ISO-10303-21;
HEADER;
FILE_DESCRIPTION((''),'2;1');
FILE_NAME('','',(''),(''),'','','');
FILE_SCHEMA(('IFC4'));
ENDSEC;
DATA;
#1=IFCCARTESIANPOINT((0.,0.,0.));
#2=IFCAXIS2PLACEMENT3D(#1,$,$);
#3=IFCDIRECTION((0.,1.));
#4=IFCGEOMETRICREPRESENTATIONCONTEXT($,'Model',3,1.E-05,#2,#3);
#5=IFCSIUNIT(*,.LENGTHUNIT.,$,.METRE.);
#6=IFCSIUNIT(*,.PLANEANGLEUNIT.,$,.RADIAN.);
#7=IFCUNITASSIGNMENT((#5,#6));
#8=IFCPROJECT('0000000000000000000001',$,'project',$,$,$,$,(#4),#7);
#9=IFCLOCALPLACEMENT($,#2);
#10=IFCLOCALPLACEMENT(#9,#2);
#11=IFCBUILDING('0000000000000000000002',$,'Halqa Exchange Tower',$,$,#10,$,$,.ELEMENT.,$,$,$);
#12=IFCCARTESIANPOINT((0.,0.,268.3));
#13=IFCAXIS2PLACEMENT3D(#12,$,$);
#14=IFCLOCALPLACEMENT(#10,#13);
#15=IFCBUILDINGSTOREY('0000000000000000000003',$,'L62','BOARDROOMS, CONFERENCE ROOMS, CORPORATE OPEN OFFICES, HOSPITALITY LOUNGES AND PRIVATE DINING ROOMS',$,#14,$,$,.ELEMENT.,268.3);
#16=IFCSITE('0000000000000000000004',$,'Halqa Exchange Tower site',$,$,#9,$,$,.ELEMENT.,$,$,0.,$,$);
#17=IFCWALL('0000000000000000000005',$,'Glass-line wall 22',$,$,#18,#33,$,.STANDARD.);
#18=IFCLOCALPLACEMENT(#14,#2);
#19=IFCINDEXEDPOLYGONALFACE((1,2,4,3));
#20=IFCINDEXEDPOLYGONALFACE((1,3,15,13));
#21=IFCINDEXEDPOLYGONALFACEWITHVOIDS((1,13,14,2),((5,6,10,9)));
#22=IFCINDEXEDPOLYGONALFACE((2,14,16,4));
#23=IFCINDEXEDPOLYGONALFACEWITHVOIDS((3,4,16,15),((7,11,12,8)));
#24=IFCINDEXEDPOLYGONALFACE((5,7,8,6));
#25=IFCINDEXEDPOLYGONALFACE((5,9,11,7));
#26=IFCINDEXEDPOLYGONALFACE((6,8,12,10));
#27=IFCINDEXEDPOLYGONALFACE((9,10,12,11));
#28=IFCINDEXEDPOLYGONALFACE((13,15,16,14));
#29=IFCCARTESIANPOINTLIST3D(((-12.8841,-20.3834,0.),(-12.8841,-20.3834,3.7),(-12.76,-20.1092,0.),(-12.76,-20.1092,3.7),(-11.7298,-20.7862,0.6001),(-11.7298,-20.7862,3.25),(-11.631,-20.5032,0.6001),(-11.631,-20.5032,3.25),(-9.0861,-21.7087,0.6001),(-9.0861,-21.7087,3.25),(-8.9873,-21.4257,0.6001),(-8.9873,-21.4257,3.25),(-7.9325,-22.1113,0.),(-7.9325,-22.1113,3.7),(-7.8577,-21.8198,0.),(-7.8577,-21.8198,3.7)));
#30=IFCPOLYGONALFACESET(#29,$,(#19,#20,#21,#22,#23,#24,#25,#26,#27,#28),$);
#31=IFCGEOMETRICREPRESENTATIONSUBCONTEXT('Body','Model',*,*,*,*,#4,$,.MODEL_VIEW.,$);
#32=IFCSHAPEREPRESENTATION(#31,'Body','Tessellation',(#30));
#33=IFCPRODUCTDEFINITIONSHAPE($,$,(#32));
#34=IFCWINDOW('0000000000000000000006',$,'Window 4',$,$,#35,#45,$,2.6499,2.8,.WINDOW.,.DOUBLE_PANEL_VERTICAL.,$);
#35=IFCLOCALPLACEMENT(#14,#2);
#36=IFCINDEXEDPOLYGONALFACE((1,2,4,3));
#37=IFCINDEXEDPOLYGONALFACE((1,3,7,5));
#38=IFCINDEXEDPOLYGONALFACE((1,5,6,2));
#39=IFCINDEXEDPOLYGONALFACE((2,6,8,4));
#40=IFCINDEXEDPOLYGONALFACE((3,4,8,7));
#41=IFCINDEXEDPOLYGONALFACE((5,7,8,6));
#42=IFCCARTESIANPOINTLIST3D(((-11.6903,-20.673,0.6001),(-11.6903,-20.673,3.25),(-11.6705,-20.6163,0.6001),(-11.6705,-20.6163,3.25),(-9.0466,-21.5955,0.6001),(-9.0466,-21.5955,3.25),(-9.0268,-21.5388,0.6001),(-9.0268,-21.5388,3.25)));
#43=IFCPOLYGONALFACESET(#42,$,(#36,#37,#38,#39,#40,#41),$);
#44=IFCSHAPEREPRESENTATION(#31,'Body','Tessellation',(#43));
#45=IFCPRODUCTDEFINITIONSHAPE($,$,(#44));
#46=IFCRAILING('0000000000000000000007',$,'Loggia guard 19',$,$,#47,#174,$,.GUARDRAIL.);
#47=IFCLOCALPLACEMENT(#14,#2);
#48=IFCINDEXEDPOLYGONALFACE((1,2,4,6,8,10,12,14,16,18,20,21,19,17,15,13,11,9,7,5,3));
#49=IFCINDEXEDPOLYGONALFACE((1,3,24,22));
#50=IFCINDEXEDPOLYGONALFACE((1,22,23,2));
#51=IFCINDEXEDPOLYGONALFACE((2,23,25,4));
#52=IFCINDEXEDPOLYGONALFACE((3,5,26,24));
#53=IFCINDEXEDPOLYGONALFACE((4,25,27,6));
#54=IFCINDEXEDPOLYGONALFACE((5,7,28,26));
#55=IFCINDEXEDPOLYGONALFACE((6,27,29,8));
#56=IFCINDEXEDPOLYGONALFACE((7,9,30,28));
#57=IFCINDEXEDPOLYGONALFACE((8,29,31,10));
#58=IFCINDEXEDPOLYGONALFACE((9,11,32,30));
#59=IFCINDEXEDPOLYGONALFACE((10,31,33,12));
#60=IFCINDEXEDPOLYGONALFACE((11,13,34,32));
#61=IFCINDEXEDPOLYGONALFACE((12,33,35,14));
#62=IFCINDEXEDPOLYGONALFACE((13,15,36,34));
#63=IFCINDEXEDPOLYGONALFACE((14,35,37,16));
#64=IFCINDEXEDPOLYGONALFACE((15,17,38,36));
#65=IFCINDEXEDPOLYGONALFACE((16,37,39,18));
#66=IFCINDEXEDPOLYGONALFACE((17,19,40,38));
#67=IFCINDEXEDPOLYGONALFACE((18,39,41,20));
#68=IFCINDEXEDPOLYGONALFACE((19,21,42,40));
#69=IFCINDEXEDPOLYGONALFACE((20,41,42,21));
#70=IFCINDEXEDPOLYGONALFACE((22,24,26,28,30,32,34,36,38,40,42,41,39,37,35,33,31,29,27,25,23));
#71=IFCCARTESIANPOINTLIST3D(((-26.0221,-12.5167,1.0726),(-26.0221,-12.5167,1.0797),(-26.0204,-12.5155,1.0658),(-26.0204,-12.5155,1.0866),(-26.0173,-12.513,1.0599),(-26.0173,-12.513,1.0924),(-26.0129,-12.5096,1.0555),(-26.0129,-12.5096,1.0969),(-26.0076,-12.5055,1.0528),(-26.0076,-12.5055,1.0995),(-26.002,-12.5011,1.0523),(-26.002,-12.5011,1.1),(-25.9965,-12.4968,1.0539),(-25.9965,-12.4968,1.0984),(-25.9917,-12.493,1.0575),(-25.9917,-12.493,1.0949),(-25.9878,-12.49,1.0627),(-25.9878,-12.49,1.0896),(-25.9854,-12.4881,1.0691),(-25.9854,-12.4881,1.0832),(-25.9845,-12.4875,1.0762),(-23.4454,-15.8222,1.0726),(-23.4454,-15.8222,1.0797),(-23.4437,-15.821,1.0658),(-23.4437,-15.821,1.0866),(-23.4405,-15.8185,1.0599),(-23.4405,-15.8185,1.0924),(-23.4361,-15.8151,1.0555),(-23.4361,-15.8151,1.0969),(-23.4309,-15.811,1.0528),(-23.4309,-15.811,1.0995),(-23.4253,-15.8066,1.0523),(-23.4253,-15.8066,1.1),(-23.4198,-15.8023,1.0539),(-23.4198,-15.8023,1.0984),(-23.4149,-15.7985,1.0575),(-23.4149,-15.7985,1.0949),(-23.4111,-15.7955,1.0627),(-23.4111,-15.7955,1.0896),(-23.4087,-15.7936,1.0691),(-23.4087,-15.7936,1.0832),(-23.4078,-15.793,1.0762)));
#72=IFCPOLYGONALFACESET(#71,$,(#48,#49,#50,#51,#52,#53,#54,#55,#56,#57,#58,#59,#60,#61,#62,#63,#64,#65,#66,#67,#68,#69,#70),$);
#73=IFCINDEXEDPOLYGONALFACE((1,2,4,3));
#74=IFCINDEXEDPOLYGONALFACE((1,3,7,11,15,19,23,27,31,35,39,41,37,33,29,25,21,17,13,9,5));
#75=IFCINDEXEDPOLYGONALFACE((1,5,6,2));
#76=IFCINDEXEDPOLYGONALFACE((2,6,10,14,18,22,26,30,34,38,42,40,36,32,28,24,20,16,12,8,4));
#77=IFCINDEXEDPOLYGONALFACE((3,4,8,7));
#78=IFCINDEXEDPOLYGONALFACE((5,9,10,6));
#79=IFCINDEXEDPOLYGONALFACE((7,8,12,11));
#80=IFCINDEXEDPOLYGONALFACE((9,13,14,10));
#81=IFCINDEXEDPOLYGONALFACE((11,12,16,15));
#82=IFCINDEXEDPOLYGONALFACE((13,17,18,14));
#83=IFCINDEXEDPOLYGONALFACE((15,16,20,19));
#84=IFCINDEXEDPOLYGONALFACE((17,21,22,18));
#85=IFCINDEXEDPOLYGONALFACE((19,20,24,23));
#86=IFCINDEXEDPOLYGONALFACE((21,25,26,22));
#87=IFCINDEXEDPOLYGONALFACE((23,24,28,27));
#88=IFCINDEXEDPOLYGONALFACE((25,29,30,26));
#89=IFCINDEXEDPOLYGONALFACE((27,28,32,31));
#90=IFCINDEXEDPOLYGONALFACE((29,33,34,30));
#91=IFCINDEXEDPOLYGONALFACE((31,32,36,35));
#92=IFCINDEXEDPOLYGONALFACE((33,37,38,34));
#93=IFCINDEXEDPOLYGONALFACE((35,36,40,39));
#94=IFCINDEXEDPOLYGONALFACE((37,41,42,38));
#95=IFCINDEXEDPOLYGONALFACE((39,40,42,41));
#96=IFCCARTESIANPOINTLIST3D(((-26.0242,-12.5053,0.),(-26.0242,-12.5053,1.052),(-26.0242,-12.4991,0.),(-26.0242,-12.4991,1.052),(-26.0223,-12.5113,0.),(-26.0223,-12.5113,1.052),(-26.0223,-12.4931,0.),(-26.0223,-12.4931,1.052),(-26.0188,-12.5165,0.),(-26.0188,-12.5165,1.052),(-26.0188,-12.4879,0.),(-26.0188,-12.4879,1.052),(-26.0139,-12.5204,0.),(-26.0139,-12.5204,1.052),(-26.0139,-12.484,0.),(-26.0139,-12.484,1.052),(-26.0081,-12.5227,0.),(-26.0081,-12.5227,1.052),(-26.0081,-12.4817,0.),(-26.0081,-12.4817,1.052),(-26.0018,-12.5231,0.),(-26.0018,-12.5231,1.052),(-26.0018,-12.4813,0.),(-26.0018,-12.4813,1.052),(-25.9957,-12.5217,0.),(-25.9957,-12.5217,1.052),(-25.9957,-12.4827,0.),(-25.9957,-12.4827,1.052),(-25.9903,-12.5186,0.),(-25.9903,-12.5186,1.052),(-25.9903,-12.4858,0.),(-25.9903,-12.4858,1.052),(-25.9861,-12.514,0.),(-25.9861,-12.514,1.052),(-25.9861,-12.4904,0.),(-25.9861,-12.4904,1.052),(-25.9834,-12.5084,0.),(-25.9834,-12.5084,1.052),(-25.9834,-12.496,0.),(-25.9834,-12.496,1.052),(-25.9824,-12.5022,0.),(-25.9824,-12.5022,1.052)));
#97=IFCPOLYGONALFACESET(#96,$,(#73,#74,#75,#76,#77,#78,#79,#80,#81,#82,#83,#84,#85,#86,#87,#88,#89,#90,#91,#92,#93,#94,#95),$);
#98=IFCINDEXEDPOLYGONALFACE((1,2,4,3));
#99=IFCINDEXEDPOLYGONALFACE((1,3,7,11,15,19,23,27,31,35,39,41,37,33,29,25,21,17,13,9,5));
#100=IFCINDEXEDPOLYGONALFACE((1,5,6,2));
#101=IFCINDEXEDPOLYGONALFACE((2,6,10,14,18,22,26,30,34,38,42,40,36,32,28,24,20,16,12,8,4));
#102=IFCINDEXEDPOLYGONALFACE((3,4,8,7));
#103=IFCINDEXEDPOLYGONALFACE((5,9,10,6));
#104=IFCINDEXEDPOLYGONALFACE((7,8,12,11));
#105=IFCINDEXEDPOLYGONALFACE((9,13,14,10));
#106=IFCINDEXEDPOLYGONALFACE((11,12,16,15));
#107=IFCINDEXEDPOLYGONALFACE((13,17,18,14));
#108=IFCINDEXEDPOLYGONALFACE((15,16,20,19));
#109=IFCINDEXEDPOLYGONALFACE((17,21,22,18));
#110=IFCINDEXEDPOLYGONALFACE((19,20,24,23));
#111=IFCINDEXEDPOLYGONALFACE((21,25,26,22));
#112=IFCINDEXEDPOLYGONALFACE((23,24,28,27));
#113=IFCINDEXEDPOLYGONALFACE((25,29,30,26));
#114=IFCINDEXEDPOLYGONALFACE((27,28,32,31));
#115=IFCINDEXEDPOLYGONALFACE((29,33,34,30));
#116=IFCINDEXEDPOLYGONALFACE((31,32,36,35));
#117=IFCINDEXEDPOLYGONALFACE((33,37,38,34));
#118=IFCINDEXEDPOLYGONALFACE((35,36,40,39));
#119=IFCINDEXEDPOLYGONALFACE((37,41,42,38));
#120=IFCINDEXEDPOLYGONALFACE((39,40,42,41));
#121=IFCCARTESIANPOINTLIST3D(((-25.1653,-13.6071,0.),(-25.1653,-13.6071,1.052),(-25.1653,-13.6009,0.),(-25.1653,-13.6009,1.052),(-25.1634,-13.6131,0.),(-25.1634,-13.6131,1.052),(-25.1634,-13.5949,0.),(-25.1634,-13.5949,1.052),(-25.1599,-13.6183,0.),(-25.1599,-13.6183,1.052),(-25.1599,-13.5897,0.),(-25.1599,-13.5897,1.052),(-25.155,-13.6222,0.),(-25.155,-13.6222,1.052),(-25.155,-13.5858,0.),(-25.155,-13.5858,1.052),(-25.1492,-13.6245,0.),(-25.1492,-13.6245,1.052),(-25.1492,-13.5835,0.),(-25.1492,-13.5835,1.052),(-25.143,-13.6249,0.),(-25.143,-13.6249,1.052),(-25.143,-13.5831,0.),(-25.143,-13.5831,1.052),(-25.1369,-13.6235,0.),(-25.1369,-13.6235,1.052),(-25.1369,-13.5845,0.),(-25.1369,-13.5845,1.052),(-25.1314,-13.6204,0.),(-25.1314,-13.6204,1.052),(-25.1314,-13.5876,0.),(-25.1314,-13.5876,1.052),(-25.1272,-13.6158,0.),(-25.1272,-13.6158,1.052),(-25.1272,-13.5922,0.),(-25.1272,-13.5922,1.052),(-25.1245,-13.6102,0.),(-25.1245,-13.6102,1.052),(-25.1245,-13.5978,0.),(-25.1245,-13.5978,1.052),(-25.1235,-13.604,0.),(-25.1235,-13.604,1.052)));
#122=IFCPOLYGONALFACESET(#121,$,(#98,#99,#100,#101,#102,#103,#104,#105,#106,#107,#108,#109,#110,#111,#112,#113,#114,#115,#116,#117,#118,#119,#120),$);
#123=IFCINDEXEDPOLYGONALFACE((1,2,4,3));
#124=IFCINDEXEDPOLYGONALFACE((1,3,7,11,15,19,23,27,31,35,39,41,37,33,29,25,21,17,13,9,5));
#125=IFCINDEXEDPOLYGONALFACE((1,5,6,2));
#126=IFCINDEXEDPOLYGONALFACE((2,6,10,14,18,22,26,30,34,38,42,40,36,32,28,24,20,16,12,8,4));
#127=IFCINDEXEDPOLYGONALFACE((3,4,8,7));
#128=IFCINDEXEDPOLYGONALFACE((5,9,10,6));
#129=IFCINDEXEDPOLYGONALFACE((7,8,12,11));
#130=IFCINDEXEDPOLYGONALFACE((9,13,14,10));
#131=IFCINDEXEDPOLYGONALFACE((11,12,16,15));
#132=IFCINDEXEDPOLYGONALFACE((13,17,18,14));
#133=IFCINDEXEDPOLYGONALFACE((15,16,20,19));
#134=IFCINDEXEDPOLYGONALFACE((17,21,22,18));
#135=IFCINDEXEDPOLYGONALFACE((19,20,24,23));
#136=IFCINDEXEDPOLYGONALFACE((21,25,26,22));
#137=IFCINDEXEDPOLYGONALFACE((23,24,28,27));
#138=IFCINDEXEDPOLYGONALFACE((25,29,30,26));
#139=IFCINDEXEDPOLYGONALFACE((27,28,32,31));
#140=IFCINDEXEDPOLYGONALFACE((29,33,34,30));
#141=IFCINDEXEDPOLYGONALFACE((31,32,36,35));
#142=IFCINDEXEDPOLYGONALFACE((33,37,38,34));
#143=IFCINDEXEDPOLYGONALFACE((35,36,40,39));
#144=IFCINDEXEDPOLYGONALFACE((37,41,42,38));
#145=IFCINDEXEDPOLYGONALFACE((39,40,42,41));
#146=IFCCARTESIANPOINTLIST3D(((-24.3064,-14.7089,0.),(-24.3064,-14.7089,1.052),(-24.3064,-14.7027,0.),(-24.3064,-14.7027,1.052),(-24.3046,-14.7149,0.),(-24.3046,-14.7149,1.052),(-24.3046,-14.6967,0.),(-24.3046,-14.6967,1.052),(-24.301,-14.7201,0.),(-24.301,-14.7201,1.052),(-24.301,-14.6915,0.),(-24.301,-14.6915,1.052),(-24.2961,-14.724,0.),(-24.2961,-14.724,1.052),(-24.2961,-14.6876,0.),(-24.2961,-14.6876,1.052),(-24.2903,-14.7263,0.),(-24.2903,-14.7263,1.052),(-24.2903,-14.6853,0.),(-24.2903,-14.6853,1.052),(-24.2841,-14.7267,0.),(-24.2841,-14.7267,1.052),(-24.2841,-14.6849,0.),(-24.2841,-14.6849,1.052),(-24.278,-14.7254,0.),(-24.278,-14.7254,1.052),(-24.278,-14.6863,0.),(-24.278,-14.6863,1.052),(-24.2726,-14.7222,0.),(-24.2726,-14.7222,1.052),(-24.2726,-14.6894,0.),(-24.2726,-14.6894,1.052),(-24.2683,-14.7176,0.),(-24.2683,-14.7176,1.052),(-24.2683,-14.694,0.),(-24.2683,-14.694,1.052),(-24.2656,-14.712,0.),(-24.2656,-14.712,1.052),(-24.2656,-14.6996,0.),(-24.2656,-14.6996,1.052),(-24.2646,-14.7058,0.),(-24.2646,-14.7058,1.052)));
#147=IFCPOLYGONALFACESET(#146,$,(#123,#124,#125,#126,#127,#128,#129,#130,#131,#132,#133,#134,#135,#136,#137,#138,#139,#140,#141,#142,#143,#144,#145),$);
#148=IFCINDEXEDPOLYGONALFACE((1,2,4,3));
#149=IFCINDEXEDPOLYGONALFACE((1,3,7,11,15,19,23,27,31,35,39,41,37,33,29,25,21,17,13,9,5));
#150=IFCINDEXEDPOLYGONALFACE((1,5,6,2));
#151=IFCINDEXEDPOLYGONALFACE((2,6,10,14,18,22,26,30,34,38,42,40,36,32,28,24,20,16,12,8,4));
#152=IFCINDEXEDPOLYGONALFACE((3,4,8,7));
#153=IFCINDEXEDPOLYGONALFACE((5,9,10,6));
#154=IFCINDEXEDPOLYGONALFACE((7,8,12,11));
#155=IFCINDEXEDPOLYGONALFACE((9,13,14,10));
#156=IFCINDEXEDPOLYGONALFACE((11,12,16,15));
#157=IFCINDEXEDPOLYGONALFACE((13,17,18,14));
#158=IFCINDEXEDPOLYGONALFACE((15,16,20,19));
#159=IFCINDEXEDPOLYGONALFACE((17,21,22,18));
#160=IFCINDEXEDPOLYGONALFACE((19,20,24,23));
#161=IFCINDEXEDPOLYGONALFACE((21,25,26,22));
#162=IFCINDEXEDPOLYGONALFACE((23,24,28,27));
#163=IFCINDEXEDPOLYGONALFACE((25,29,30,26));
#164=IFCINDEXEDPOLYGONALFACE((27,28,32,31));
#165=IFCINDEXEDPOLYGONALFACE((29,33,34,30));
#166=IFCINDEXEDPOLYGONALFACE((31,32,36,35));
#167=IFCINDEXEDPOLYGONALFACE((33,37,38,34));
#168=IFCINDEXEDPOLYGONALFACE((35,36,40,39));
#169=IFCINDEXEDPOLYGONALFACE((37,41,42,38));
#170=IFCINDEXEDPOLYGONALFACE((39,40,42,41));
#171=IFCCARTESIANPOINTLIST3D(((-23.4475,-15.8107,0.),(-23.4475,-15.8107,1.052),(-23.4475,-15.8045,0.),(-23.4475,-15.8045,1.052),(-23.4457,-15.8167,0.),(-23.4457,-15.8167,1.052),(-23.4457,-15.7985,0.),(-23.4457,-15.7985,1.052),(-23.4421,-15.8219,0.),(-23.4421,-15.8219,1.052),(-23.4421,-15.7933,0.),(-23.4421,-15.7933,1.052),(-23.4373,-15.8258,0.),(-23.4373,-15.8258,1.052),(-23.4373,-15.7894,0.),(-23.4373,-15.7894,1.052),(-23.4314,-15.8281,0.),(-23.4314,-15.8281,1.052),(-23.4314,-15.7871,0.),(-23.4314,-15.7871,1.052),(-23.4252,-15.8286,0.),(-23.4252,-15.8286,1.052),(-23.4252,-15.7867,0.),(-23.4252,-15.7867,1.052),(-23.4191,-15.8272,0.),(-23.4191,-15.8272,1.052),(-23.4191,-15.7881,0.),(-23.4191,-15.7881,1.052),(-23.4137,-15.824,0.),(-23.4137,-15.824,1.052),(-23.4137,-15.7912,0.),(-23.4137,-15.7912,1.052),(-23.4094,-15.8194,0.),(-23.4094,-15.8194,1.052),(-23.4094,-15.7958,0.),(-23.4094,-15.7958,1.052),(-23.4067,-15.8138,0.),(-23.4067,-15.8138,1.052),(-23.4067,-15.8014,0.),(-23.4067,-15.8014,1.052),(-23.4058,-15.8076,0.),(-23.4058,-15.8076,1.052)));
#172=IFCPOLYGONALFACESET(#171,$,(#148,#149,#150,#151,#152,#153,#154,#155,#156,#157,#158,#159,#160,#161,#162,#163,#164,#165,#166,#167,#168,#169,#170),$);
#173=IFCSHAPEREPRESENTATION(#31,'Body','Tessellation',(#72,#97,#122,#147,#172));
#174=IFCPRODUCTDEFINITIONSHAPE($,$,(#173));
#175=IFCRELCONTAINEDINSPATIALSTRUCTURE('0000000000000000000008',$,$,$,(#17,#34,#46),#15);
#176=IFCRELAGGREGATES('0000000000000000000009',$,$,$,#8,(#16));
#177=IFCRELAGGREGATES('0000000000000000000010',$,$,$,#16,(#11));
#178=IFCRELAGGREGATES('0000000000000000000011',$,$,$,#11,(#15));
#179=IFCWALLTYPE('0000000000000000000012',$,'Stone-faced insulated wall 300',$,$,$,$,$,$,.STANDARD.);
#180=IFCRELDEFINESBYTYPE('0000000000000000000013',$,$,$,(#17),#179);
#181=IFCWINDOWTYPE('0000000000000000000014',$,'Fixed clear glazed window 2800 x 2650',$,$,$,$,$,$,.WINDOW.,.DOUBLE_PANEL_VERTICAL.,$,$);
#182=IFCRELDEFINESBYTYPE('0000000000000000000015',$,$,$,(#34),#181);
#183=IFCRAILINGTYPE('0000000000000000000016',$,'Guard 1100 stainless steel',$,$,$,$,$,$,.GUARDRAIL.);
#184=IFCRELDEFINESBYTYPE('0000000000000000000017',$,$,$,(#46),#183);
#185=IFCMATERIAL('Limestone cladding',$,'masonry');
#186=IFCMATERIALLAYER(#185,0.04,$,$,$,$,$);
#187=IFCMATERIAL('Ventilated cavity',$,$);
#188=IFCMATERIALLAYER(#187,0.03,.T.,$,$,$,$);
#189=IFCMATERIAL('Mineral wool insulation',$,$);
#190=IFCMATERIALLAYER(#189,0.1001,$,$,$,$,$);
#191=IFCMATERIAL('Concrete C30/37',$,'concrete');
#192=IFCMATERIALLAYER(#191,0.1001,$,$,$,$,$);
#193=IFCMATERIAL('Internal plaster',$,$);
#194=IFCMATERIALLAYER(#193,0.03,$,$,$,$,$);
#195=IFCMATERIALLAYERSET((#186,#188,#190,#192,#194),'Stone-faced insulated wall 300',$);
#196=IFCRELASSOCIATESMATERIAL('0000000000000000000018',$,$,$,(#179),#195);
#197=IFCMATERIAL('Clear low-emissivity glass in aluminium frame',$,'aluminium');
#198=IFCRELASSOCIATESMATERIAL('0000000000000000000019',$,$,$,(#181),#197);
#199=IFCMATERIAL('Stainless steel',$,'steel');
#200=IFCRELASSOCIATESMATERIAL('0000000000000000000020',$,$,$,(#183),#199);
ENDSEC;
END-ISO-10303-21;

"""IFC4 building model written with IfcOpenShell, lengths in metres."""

from ifc_helpers import new_model, si_unit, direction, frame, frame_2d, origin, origin_2d, place, context, subcontext, project, spatial, polyline, rectangle, circle, outline, extrude, material, layer, layer_set, type_object, element, fill, save


model = new_model("IFC4")

# Units and contexts
model_context = context("Model", 3, precision=1e-05, world=origin(), true_north=direction((0.0, 1.0)))
body_context = subcontext(model_context, "Body", "Model", "MODEL_VIEW")
ifc_project = project(units=[si_unit("LENGTHUNIT", "METRE"), si_unit("PLANEANGLEUNIT", "RADIAN")], contexts=[model_context])

# Site, building, storey
site_placement = place(None, origin())
site = spatial("IfcSite", under=ifc_project, at=site_placement, Name="Halqa Exchange Tower site", CompositionType="ELEMENT", RefElevation=0.0)
building_placement = place(site_placement, origin())
building = spatial("IfcBuilding", under=site, at=building_placement, Name="Halqa Exchange Tower", CompositionType="ELEMENT")
storey_placement = place(building_placement, frame((0.0, 0.0, 268.3)))
storey = spatial("IfcBuildingStorey", under=building, at=storey_placement, Name="L62", Description="BOARDROOMS, CONFERENCE ROOMS, CORPORATE OPEN OFFICES, HOSPITALITY LOUNGES AND PRIVATE DINING ROOMS", CompositionType="ELEMENT", Elevation=268.3)

# Shared definitions
ifc_material_1 = material(Name="Limestone cladding", Category="masonry")
ifc_layer_1 = layer(ifc_material_1, 0.04)
ifc_material_2 = material(Name="Ventilated cavity")
ifc_layer_2 = layer(ifc_material_2, 0.03, ventilated=True)
ifc_material_3 = material(Name="Mineral wool insulation")
ifc_layer_3 = layer(ifc_material_3, 0.1001)
ifc_material_4 = material(Name="Concrete C30/37", Category="concrete")
ifc_layer_4 = layer(ifc_material_4, 0.1001)
ifc_material_5 = material(Name="Internal plaster")
ifc_layer_5 = layer(ifc_material_5, 0.03)
ifc_layer_set_1 = layer_set([ifc_layer_1, ifc_layer_2, ifc_layer_3, ifc_layer_4, ifc_layer_5], Name="Stone-faced insulated wall 300")
wall_type_1 = type_object("IfcWallType", Name="Stone-faced insulated wall 300", PredefinedType="STANDARD", material=ifc_layer_set_1)
ifc_material_6 = material(Name="Clear low-emissivity glass in aluminium frame", Category="aluminium")

# Wall, opening, window
window_type = type_object("IfcWindowType", Name="Fixed clear glazed window 2800 x 2650", PartitioningType="DOUBLE_PANEL_VERTICAL", PredefinedType="WINDOW", material=ifc_material_6)
wall_1_placement = place(storey_placement, frame((-12.822, -20.2463, 0.0), z_axis=(0.0, 0.0, 1.0), x_axis=(0.944169, -0.32946, 0.0)))
wall_1 = element("IfcWall", 1, at=wall_1_placement, inside=storey, type_object=wall_type_1, Name="Glass-line wall 22", PredefinedType="STANDARD", context=body_context, shape_type="SweptSolid", body=[
    extrude(outline(polyline([(-0.0134, -0.1499), (5.231, -0.1499), (5.2056, 0.1499), (0.0134, 0.1499), (-0.0134, -0.1499)])), origin(), (0.0, 0.0, 1.0), 3.7),
])
opening_1_placement = place(wall_1_placement, frame((1.2092, 0.0, 0.6001)))
opening_1 = element("IfcOpeningElement", 2, at=opening_1_placement, cuts=wall_1, PredefinedType="OPENING", context=body_context, shape_type="SweptSolid", body=[
    extrude(rectangle(XDim=2.8, YDim=2.6499, at=frame_2d((1.3999, 1.325))), frame((0.0, 0.1621, 0.0), z_axis=(0.0, -1.0, 0.0), x_axis=(1.0, 0.0, 0.0)), (0.0, 0.0, 1.0), 0.324),
])
window_1_placement = place(opening_1_placement, origin())
window_1 = element("IfcWindow", 3, at=window_1_placement, inside=storey, type_object=window_type, Name="Window 4", OverallHeight=2.6499, OverallWidth=2.8, PartitioningType="DOUBLE_PANEL_VERTICAL", PredefinedType="WINDOW", context=body_context, shape_type="SweptSolid", body=[
    extrude(rectangle(XDim=2.8, YDim=2.6499, at=frame_2d((1.3999, 1.325))), frame((0.0, 0.03, 0.0), z_axis=(0.0, -1.0, 0.0), x_axis=(1.0, 0.0, 0.0)), (0.0, 0.0, 1.0), 0.0601),
])
fill(opening_1, window_1)

# Railing
ifc_material_7 = material(Name="Stainless steel", Category="steel")
railing_type = type_object("IfcRailingType", Name="Guard 1100 stainless steel", PredefinedType="GUARDRAIL", material=ifc_material_7)
railing_1_placement = place(storey_placement, frame((-26.0034, -12.5022, 0.0)))
element("IfcRailing", 4, at=railing_1_placement, inside=storey, type_object=railing_type, Name="Loggia guard 19", PredefinedType="GUARDRAIL", context=body_context, shape_type="SweptSolid", body=[
    extrude(circle(Radius=0.0239, at=origin_2d()), frame((0.0, 0.0, 1.0762), z_axis=(0.614799, -0.788684, 0.0), x_axis=(0.788684, 0.614799, 0.0)), (0.0, 0.0, 1.0), 4.1912),
    extrude(circle(Radius=0.021, at=origin_2d()), origin(), (0.0, 0.0, 1.0), 1.052),
    extrude(circle(Radius=0.021, at=origin_2d()), frame((0.8589, -1.1018, 0.0)), (0.0, 0.0, 1.0), 1.052),
    extrude(circle(Radius=0.021, at=origin_2d()), frame((1.7178, -2.2036, 0.0)), (0.0, 0.0, 1.0), 1.052),
    extrude(circle(Radius=0.021, at=origin_2d()), frame((2.5767, -3.3054, 0.0)), (0.0, 0.0, 1.0), 1.052),
])

save(model, "model.ifc")
